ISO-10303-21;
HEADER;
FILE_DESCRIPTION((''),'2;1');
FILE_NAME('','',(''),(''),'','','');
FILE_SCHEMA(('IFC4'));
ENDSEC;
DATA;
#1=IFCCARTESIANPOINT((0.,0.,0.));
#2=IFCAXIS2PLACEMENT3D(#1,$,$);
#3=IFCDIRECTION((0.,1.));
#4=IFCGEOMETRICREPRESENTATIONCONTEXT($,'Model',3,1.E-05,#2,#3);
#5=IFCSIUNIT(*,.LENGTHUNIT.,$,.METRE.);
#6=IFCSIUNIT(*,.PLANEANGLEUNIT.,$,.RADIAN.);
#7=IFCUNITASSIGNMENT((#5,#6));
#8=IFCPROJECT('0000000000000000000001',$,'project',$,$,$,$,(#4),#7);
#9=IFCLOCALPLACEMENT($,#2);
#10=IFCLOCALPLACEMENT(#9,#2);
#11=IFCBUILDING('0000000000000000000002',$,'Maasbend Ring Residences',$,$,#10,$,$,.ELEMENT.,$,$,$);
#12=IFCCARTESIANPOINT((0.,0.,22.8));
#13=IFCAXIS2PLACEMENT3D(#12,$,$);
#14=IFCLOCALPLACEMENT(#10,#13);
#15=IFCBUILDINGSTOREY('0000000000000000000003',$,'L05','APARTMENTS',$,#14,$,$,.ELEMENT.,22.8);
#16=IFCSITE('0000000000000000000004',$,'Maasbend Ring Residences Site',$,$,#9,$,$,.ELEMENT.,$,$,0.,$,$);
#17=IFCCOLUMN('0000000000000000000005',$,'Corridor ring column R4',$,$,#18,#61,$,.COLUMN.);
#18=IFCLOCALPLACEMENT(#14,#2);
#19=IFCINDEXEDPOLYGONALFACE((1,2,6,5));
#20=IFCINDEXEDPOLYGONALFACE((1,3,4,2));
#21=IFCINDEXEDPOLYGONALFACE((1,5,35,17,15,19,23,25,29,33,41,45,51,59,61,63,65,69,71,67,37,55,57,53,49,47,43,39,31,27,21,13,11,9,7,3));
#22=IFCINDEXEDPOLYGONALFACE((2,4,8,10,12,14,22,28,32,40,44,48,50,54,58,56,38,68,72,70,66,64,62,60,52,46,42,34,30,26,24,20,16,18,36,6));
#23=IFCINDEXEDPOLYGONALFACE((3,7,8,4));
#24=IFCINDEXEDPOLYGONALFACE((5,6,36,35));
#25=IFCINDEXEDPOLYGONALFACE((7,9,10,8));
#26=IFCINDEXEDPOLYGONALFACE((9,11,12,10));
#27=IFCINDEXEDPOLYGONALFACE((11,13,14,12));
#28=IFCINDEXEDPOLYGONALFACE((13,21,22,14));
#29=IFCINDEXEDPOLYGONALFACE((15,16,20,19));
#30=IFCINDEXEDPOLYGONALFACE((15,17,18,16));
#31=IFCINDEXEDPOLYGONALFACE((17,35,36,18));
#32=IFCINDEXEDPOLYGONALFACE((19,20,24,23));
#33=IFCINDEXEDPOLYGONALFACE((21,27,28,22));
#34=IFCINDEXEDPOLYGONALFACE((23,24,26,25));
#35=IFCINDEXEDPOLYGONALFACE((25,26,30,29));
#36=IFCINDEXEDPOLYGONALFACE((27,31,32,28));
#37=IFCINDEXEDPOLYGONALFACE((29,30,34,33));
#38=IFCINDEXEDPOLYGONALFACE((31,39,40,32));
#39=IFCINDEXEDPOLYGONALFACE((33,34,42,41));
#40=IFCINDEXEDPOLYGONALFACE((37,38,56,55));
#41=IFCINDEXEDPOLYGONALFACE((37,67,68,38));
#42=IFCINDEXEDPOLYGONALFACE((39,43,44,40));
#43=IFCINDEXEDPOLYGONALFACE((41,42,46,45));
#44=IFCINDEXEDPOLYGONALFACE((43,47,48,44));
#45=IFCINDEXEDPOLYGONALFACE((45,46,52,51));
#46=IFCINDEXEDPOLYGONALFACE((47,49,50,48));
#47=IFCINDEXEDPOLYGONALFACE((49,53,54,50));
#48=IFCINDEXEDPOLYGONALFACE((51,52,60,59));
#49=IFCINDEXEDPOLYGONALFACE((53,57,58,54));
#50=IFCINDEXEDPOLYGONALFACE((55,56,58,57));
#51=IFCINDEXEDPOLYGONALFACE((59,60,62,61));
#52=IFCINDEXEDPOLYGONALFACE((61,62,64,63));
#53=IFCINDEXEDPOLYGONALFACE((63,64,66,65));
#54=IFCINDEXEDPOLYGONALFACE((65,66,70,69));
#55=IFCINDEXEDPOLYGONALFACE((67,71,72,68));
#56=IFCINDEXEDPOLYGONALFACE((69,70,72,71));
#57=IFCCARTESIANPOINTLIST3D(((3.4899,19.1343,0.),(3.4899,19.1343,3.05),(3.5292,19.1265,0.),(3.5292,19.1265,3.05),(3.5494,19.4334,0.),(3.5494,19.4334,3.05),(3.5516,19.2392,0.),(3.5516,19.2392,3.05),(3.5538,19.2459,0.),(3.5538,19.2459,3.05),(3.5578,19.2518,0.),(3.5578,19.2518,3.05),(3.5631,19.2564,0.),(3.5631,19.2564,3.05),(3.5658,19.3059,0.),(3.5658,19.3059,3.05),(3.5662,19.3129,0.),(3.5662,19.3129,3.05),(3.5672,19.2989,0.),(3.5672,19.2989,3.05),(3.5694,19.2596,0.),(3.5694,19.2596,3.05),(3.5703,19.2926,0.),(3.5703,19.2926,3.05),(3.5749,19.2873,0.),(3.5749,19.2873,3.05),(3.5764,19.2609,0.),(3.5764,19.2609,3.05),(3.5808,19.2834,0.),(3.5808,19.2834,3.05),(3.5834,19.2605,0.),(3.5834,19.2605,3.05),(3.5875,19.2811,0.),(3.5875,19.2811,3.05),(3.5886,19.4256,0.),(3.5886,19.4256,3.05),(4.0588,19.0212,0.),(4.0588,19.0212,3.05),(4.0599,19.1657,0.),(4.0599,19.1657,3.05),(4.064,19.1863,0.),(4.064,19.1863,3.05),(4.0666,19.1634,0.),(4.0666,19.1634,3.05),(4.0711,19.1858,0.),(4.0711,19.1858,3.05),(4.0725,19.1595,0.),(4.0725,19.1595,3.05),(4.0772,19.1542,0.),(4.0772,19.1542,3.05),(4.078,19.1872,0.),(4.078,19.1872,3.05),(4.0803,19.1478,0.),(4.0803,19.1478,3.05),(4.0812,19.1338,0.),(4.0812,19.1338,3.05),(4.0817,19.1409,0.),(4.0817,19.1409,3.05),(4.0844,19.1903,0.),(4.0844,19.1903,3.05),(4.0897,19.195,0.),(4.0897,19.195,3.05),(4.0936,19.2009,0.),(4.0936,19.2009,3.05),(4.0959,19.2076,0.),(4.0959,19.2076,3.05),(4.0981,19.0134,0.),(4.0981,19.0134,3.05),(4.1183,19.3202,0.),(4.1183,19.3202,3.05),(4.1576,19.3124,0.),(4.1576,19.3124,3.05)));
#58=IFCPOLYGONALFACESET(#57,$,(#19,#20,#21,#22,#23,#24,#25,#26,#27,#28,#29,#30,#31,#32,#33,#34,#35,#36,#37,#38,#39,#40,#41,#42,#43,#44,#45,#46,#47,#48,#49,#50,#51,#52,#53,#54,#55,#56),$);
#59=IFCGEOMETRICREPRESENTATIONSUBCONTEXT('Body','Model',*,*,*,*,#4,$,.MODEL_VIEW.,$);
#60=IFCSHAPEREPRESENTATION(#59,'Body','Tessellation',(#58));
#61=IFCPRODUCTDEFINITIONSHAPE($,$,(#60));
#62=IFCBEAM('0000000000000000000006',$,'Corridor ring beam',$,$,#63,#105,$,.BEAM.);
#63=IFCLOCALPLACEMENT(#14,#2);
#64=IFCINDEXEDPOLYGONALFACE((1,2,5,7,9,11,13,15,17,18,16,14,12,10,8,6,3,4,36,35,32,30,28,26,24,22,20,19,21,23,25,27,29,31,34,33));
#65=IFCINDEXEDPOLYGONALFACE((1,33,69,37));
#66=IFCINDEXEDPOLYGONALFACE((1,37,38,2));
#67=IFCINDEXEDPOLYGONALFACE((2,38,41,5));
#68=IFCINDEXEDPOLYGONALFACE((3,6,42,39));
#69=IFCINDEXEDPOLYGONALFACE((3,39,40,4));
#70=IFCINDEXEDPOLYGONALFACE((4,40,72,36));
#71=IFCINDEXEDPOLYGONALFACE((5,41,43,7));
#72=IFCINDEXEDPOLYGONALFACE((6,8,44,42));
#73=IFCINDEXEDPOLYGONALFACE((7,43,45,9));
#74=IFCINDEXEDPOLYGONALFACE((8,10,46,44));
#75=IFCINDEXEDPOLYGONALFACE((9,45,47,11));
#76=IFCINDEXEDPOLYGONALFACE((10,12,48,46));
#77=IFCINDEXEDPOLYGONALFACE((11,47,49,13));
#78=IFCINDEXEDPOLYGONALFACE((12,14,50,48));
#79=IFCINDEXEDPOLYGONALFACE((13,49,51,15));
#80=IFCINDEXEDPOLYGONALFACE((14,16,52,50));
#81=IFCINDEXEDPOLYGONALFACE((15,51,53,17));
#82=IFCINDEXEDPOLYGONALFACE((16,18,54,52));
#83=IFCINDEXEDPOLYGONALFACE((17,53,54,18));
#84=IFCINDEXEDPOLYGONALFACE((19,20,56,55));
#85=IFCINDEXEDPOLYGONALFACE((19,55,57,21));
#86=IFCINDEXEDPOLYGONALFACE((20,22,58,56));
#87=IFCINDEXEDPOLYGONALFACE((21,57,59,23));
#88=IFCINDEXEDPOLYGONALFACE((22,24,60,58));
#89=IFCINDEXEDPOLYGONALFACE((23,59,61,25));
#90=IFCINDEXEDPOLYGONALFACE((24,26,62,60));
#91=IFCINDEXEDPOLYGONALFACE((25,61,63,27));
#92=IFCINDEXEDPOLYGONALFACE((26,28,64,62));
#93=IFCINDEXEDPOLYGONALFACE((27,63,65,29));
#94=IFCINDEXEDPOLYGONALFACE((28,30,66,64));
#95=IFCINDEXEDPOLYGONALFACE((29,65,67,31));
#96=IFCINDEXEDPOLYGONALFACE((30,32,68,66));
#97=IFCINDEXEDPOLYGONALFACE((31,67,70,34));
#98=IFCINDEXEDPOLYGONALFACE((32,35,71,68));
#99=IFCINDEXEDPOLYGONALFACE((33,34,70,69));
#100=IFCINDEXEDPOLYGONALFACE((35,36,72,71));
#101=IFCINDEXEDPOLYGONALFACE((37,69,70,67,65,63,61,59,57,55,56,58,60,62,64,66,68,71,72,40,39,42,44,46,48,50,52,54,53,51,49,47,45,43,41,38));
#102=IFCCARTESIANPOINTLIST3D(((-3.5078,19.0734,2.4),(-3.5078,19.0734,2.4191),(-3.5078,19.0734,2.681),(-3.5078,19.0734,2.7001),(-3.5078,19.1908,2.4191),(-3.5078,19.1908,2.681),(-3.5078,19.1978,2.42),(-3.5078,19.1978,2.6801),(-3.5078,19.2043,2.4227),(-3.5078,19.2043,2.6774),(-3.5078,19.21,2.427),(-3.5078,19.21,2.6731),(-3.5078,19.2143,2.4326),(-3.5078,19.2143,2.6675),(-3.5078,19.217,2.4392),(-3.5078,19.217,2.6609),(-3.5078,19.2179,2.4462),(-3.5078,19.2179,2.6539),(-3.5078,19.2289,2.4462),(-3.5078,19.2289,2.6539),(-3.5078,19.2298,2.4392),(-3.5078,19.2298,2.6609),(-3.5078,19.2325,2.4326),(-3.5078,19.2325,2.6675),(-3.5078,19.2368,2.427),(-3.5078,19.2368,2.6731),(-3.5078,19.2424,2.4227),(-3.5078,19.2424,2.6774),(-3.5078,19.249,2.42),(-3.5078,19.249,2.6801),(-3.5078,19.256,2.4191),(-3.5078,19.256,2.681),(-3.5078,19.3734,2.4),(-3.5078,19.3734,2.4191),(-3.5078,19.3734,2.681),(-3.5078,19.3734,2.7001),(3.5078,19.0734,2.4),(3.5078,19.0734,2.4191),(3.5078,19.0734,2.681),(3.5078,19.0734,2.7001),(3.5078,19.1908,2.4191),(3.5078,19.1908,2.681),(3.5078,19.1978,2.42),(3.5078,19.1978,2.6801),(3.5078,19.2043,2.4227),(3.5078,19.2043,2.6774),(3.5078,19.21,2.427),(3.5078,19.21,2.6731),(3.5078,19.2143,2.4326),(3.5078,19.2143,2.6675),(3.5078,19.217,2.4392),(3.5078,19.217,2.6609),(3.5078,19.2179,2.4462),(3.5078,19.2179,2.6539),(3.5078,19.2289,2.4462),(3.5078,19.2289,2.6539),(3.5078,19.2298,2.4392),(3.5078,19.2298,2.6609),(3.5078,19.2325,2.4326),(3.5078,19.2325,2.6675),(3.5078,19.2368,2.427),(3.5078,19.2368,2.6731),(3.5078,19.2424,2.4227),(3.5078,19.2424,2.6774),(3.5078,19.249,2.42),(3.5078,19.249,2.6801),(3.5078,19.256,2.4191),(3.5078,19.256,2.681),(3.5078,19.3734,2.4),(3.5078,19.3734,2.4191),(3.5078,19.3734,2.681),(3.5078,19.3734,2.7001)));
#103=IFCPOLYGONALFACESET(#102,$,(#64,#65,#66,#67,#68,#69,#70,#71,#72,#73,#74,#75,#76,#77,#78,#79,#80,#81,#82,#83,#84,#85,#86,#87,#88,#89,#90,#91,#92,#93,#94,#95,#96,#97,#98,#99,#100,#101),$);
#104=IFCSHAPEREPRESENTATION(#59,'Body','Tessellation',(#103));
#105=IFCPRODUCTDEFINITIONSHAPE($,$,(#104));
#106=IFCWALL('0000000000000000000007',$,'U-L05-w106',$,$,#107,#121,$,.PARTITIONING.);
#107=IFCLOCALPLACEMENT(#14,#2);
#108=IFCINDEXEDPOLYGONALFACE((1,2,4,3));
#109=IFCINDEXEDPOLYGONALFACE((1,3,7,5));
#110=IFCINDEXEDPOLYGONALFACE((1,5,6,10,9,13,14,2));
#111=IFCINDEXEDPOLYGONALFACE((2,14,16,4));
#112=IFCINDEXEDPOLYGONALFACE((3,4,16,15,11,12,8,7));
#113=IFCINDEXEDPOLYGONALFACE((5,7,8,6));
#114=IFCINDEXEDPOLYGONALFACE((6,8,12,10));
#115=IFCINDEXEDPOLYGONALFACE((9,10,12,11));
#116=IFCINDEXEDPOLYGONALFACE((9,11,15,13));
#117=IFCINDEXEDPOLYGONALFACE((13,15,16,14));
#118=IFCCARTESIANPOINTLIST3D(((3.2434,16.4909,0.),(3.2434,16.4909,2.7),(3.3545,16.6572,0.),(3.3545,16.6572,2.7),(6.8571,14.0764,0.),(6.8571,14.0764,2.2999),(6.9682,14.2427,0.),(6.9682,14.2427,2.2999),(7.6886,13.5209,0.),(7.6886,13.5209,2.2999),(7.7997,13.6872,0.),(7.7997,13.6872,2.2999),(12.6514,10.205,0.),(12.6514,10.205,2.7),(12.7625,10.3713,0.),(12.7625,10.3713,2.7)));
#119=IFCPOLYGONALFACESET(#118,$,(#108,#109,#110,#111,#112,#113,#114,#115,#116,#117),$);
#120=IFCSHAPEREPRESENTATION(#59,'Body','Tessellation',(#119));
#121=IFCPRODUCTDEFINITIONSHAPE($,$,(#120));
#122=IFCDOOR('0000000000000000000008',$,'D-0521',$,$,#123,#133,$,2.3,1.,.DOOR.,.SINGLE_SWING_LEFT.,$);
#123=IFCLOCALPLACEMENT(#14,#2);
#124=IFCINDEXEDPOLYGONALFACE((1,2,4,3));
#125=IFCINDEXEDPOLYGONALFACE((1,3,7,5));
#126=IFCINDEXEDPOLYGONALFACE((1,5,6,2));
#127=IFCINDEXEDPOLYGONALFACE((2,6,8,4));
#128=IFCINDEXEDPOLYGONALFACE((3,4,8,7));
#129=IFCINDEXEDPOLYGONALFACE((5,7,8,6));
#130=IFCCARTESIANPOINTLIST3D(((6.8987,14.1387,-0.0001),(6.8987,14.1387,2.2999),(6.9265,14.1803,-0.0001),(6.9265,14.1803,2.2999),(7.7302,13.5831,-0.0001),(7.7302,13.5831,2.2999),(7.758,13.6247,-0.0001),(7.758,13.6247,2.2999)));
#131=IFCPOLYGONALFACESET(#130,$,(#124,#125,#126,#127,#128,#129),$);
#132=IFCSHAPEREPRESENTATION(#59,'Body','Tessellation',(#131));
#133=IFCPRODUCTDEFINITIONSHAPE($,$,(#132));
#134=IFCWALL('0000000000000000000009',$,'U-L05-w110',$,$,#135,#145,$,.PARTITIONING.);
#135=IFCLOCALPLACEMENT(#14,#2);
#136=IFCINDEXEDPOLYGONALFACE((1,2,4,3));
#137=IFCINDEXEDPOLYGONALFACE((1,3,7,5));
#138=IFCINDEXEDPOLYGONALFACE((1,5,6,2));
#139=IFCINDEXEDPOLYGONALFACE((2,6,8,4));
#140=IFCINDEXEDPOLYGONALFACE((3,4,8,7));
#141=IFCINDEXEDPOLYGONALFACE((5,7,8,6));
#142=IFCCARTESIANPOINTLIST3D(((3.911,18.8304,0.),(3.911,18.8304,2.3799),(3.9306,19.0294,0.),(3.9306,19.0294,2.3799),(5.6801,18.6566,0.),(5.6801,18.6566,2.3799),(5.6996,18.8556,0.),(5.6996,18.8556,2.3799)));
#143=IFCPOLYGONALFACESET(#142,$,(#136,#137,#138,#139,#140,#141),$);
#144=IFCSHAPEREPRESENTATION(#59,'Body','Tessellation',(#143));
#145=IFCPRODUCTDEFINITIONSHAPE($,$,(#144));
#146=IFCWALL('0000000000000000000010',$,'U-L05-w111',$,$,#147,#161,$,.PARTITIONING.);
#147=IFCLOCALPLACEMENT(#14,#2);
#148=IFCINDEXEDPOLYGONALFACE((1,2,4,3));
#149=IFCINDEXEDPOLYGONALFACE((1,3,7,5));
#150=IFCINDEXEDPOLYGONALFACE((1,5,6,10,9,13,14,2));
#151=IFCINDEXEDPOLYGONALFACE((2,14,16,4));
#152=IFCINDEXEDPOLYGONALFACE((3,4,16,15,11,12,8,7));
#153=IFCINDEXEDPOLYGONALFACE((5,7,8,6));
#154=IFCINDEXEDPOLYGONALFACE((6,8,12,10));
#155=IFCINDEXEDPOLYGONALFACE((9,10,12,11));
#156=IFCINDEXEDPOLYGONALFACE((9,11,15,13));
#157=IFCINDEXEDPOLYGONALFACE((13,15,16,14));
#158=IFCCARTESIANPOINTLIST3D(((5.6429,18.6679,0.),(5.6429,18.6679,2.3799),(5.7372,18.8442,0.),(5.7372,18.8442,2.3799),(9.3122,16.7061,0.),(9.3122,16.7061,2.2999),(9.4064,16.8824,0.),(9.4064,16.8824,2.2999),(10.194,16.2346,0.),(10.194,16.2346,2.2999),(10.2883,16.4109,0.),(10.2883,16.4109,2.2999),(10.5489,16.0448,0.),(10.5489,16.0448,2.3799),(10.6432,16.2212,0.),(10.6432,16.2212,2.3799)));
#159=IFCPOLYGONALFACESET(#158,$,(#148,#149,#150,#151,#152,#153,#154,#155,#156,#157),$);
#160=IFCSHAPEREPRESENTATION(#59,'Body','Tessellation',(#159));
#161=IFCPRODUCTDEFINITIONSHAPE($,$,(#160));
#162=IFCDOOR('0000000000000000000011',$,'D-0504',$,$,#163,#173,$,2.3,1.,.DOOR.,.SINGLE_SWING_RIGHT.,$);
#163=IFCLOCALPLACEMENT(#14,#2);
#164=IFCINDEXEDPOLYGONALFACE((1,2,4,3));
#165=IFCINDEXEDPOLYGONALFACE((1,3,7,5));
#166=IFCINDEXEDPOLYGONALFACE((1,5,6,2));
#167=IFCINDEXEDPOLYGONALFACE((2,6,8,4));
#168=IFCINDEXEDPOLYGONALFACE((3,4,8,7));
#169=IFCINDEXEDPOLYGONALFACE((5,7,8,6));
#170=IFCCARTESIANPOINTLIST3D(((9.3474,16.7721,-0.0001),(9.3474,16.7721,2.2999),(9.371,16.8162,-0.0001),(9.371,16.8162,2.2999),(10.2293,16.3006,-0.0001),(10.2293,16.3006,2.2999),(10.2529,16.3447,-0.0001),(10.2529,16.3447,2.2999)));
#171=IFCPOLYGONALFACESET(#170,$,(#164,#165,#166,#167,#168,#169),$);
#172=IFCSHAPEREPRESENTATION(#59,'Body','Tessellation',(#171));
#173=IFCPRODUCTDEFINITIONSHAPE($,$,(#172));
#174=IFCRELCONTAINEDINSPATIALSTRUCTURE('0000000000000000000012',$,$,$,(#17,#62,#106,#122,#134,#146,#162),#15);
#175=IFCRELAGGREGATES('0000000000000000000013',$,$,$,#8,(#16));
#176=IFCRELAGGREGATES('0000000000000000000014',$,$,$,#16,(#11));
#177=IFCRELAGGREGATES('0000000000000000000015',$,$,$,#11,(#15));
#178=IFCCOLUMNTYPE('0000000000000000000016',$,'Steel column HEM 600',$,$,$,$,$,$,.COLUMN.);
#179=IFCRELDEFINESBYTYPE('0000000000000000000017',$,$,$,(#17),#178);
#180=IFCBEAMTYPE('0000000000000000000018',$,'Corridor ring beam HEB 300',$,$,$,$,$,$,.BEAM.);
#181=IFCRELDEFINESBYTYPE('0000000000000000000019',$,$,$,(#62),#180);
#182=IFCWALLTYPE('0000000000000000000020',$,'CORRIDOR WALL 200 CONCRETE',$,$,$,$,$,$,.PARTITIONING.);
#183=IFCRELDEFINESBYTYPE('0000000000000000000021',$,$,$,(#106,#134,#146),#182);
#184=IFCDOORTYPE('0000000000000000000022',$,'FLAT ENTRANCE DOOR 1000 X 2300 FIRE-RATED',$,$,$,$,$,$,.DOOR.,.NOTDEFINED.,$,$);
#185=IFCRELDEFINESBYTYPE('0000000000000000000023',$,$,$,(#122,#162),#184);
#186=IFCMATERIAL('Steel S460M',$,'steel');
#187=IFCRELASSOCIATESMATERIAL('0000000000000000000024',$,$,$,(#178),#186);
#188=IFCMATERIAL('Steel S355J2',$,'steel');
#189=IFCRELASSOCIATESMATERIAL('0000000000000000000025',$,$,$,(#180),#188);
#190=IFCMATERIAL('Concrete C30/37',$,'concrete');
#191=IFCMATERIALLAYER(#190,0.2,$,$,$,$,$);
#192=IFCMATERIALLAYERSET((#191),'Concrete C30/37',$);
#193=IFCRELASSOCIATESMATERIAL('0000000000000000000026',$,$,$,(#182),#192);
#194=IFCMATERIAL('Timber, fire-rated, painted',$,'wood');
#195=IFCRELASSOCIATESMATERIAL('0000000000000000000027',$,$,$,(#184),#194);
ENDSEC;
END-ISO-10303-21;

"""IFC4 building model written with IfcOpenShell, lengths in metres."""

from ifc_helpers import new_model, si_unit, direction, frame, frame_2d, origin, origin_2d, place, context, subcontext, project, spatial, rectangle, i_section, extrude, material, layer, layer_set, material_profile, profile_set, type_object, element, fill, save


model = new_model("IFC4")

# Units and contexts
model_context = context("Model", 3, precision=1e-05, world=origin(), true_north=direction((0.0, 1.0)))
body_context = subcontext(model_context, "Body", "Model", "MODEL_VIEW")
ifc_project = project(units=[si_unit("LENGTHUNIT", "METRE"), si_unit("PLANEANGLEUNIT", "RADIAN")], contexts=[model_context])

# Site, building, storey
site_placement = place(None, origin())
site = spatial("IfcSite", under=ifc_project, at=site_placement, Name="Maasbend Ring Residences Site", CompositionType="ELEMENT", RefElevation=0.0)
building_placement = place(site_placement, origin())
building = spatial("IfcBuilding", under=site, at=building_placement, Name="Maasbend Ring Residences", CompositionType="ELEMENT")
storey_placement = place(building_placement, frame((0.0, 0.0, 22.8)))
storey = spatial("IfcBuildingStorey", under=building, at=storey_placement, Name="L05", Description="APARTMENTS", CompositionType="ELEMENT", Elevation=22.8)

# Column
ifc_material_1 = material(Name="Steel S460M", Category="steel")
ifc_material_profile_1 = material_profile(ifc_material_1, i_section(OverallWidth=0.3049, OverallDepth=0.6201, WebThickness=0.021, FlangeThickness=0.04, FilletRadius=0.0271, at=origin_2d()), Name="HEM 600")
ifc_profile_set_1 = profile_set([ifc_material_profile_1], Name="Steel S460M")
column_type = type_object("IfcColumnType", Name="Steel column HEM 600", PredefinedType="COLUMN", material=ifc_profile_set_1)
column_placement = place(storey_placement, frame((3.8237, 19.2234, 0.0), z_axis=(0.0, 0.0, 1.0), x_axis=(0.19509, 0.980785, 0.0)))
element("IfcColumn", 1, at=column_placement, inside=storey, type_object=column_type, Name="Corridor ring column R4", PredefinedType="COLUMN", context=body_context, shape_type="SweptSolid", body=[
    extrude(i_section(OverallWidth=0.3049, OverallDepth=0.6201, WebThickness=0.021, FlangeThickness=0.04, FilletRadius=0.0271, at=origin_2d()), origin(), (0.0, 0.0, 1.0), 3.05),
])

# Beam
ifc_material_2 = material(Name="Steel S355J2", Category="steel")
ifc_material_profile_2 = material_profile(ifc_material_2, i_section(OverallWidth=0.3, OverallDepth=0.3, WebThickness=0.011, FlangeThickness=0.019, FilletRadius=0.0271, at=origin_2d()), Name="HEB 300")
ifc_profile_set_2 = profile_set([ifc_material_profile_2], Name="Steel S355J2")
beam_type = type_object("IfcBeamType", Name="Corridor ring beam HEB 300", PredefinedType="BEAM", material=ifc_profile_set_2)
beam_placement = place(storey_placement, frame((3.5078, 19.2234, 2.55), z_axis=(-1.0, 0.0, 0.0), x_axis=(0.0, -1.0, 0.0)))
element("IfcBeam", 2, at=beam_placement, inside=storey, type_object=beam_type, Name="Corridor ring beam", PredefinedType="BEAM", context=body_context, shape_type="SweptSolid", body=[
    extrude(i_section(OverallWidth=0.3, OverallDepth=0.3, WebThickness=0.011, FlangeThickness=0.019, FilletRadius=0.0271, at=origin_2d()), origin(), (0.0, 0.0, 1.0), 7.0156),
])

# Wall, opening, door
ifc_material_3 = material(Name="Concrete C30/37", Category="concrete")
ifc_layer_1 = layer(ifc_material_3, 0.2)
ifc_layer_set_1 = layer_set([ifc_layer_1], Name="Concrete C30/37")
wall_type_1 = type_object("IfcWallType", Name="CORRIDOR WALL 200 CONCRETE", PredefinedType="PARTITIONING", material=ifc_layer_set_1)
wall_1_placement = place(storey_placement, frame((3.2991, 16.574, 0.0), z_axis=(0.0, 0.0, 1.0), x_axis=(0.831482, -0.555551, 0.0)))
wall_1 = element("IfcWall", 3, at=wall_1_placement, inside=storey, type_object=wall_type_1, Name="U-L05-w106", PredefinedType="PARTITIONING", context=body_context, shape_type="SweptSolid", body=[
    extrude(rectangle(XDim=11.3147, YDim=0.2, at=frame_2d((5.6572, 0.0))), origin(), (0.0, 0.0, 1.0), 2.7),
])
opening_1_placement = place(wall_1_placement, frame((4.3459, 0.0, 0.0)))
opening_1 = element("IfcOpeningElement", 4, at=opening_1_placement, cuts=wall_1, PredefinedType="OPENING", context=body_context, shape_type="SweptSolid", body=[
    extrude(rectangle(XDim=1.0, YDim=2.3, at=frame_2d((0.5, 1.1499))), frame((0.0, 0.1099, 0.0), z_axis=(0.0, -1.0, 0.0), x_axis=(1.0, 0.0, 0.0)), (0.0, 0.0, 1.0), 0.22),
])
ifc_material_4 = material(Name="Timber, fire-rated, painted", Category="wood")
door_type_1 = type_object("IfcDoorType", Name="FLAT ENTRANCE DOOR 1000 X 2300 FIRE-RATED", OperationType="NOTDEFINED", PredefinedType="DOOR", material=ifc_material_4)
door_1_placement = place(opening_1_placement, origin())
door_1 = element("IfcDoor", 5, at=door_1_placement, inside=storey, type_object=door_type_1, Name="D-0521", OperationType="SINGLE_SWING_LEFT", OverallHeight=2.3, OverallWidth=1.0, PredefinedType="DOOR", context=body_context, shape_type="SweptSolid", body=[
    extrude(rectangle(XDim=1.0, YDim=2.3, at=frame_2d((0.5, 1.1499))), frame((0.0, 0.0249, 0.0), z_axis=(0.0, -1.0, 0.0), x_axis=(1.0, 0.0, 0.0)), (0.0, 0.0, 1.0), 0.05),
])
fill(opening_1, door_1)

# Wall
wall_2_placement = place(storey_placement, frame((3.9209, 18.9299, 0.0), z_axis=(0.0, 0.0, 1.0), x_axis=(0.995207, -0.09779, 0.0)))
element("IfcWall", 6, at=wall_2_placement, inside=storey, type_object=wall_type_1, Name="U-L05-w110", PredefinedType="PARTITIONING", context=body_context, shape_type="SweptSolid", body=[
    extrude(rectangle(XDim=1.7776, YDim=0.2, at=frame_2d((0.8887, 0.0))), origin(), (0.0, 0.0, 1.0), 2.3799),
])

# Wall, opening, door
wall_3_placement = place(storey_placement, frame((5.6899, 18.7561, 0.0), z_axis=(0.0, 0.0, 1.0), x_axis=(0.881867, -0.471499, 0.0)))
wall_3 = element("IfcWall", 7, at=wall_3_placement, inside=storey, type_object=wall_type_1, Name="U-L05-w111", PredefinedType="PARTITIONING", context=body_context, shape_type="SweptSolid", body=[
    extrude(rectangle(XDim=5.5632, YDim=0.2, at=frame_2d((2.7817, 0.0))), origin(), (0.0, 0.0, 1.0), 2.3799),
])
opening_2_placement = place(wall_3_placement, frame((4.1609, 0.0, 0.0)))
opening_2 = element("IfcOpeningElement", 8, at=opening_2_placement, cuts=wall_3, PredefinedType="OPENING", context=body_context, shape_type="SweptSolid", body=[
    extrude(rectangle(XDim=1.0, YDim=2.3, at=frame_2d((0.5, 1.1499))), frame((0.0, 0.1099, 0.0), z_axis=(0.0, -1.0, 0.0), x_axis=(1.0, 0.0, 0.0)), (0.0, 0.0, 1.0), 0.22),
])
door_2_placement = place(opening_2_placement, origin())
door_2 = element("IfcDoor", 9, at=door_2_placement, inside=storey, type_object=door_type_1, Name="D-0504", OperationType="SINGLE_SWING_RIGHT", OverallHeight=2.3, OverallWidth=1.0, PredefinedType="DOOR", context=body_context, shape_type="SweptSolid", body=[
    extrude(rectangle(XDim=1.0, YDim=2.3, at=frame_2d((0.5, 1.1499))), frame((0.0, 0.0249, 0.0), z_axis=(0.0, -1.0, 0.0), x_axis=(1.0, 0.0, 0.0)), (0.0, 0.0, 1.0), 0.05),
])
fill(opening_2, door_2)

save(model, "model.ifc")
